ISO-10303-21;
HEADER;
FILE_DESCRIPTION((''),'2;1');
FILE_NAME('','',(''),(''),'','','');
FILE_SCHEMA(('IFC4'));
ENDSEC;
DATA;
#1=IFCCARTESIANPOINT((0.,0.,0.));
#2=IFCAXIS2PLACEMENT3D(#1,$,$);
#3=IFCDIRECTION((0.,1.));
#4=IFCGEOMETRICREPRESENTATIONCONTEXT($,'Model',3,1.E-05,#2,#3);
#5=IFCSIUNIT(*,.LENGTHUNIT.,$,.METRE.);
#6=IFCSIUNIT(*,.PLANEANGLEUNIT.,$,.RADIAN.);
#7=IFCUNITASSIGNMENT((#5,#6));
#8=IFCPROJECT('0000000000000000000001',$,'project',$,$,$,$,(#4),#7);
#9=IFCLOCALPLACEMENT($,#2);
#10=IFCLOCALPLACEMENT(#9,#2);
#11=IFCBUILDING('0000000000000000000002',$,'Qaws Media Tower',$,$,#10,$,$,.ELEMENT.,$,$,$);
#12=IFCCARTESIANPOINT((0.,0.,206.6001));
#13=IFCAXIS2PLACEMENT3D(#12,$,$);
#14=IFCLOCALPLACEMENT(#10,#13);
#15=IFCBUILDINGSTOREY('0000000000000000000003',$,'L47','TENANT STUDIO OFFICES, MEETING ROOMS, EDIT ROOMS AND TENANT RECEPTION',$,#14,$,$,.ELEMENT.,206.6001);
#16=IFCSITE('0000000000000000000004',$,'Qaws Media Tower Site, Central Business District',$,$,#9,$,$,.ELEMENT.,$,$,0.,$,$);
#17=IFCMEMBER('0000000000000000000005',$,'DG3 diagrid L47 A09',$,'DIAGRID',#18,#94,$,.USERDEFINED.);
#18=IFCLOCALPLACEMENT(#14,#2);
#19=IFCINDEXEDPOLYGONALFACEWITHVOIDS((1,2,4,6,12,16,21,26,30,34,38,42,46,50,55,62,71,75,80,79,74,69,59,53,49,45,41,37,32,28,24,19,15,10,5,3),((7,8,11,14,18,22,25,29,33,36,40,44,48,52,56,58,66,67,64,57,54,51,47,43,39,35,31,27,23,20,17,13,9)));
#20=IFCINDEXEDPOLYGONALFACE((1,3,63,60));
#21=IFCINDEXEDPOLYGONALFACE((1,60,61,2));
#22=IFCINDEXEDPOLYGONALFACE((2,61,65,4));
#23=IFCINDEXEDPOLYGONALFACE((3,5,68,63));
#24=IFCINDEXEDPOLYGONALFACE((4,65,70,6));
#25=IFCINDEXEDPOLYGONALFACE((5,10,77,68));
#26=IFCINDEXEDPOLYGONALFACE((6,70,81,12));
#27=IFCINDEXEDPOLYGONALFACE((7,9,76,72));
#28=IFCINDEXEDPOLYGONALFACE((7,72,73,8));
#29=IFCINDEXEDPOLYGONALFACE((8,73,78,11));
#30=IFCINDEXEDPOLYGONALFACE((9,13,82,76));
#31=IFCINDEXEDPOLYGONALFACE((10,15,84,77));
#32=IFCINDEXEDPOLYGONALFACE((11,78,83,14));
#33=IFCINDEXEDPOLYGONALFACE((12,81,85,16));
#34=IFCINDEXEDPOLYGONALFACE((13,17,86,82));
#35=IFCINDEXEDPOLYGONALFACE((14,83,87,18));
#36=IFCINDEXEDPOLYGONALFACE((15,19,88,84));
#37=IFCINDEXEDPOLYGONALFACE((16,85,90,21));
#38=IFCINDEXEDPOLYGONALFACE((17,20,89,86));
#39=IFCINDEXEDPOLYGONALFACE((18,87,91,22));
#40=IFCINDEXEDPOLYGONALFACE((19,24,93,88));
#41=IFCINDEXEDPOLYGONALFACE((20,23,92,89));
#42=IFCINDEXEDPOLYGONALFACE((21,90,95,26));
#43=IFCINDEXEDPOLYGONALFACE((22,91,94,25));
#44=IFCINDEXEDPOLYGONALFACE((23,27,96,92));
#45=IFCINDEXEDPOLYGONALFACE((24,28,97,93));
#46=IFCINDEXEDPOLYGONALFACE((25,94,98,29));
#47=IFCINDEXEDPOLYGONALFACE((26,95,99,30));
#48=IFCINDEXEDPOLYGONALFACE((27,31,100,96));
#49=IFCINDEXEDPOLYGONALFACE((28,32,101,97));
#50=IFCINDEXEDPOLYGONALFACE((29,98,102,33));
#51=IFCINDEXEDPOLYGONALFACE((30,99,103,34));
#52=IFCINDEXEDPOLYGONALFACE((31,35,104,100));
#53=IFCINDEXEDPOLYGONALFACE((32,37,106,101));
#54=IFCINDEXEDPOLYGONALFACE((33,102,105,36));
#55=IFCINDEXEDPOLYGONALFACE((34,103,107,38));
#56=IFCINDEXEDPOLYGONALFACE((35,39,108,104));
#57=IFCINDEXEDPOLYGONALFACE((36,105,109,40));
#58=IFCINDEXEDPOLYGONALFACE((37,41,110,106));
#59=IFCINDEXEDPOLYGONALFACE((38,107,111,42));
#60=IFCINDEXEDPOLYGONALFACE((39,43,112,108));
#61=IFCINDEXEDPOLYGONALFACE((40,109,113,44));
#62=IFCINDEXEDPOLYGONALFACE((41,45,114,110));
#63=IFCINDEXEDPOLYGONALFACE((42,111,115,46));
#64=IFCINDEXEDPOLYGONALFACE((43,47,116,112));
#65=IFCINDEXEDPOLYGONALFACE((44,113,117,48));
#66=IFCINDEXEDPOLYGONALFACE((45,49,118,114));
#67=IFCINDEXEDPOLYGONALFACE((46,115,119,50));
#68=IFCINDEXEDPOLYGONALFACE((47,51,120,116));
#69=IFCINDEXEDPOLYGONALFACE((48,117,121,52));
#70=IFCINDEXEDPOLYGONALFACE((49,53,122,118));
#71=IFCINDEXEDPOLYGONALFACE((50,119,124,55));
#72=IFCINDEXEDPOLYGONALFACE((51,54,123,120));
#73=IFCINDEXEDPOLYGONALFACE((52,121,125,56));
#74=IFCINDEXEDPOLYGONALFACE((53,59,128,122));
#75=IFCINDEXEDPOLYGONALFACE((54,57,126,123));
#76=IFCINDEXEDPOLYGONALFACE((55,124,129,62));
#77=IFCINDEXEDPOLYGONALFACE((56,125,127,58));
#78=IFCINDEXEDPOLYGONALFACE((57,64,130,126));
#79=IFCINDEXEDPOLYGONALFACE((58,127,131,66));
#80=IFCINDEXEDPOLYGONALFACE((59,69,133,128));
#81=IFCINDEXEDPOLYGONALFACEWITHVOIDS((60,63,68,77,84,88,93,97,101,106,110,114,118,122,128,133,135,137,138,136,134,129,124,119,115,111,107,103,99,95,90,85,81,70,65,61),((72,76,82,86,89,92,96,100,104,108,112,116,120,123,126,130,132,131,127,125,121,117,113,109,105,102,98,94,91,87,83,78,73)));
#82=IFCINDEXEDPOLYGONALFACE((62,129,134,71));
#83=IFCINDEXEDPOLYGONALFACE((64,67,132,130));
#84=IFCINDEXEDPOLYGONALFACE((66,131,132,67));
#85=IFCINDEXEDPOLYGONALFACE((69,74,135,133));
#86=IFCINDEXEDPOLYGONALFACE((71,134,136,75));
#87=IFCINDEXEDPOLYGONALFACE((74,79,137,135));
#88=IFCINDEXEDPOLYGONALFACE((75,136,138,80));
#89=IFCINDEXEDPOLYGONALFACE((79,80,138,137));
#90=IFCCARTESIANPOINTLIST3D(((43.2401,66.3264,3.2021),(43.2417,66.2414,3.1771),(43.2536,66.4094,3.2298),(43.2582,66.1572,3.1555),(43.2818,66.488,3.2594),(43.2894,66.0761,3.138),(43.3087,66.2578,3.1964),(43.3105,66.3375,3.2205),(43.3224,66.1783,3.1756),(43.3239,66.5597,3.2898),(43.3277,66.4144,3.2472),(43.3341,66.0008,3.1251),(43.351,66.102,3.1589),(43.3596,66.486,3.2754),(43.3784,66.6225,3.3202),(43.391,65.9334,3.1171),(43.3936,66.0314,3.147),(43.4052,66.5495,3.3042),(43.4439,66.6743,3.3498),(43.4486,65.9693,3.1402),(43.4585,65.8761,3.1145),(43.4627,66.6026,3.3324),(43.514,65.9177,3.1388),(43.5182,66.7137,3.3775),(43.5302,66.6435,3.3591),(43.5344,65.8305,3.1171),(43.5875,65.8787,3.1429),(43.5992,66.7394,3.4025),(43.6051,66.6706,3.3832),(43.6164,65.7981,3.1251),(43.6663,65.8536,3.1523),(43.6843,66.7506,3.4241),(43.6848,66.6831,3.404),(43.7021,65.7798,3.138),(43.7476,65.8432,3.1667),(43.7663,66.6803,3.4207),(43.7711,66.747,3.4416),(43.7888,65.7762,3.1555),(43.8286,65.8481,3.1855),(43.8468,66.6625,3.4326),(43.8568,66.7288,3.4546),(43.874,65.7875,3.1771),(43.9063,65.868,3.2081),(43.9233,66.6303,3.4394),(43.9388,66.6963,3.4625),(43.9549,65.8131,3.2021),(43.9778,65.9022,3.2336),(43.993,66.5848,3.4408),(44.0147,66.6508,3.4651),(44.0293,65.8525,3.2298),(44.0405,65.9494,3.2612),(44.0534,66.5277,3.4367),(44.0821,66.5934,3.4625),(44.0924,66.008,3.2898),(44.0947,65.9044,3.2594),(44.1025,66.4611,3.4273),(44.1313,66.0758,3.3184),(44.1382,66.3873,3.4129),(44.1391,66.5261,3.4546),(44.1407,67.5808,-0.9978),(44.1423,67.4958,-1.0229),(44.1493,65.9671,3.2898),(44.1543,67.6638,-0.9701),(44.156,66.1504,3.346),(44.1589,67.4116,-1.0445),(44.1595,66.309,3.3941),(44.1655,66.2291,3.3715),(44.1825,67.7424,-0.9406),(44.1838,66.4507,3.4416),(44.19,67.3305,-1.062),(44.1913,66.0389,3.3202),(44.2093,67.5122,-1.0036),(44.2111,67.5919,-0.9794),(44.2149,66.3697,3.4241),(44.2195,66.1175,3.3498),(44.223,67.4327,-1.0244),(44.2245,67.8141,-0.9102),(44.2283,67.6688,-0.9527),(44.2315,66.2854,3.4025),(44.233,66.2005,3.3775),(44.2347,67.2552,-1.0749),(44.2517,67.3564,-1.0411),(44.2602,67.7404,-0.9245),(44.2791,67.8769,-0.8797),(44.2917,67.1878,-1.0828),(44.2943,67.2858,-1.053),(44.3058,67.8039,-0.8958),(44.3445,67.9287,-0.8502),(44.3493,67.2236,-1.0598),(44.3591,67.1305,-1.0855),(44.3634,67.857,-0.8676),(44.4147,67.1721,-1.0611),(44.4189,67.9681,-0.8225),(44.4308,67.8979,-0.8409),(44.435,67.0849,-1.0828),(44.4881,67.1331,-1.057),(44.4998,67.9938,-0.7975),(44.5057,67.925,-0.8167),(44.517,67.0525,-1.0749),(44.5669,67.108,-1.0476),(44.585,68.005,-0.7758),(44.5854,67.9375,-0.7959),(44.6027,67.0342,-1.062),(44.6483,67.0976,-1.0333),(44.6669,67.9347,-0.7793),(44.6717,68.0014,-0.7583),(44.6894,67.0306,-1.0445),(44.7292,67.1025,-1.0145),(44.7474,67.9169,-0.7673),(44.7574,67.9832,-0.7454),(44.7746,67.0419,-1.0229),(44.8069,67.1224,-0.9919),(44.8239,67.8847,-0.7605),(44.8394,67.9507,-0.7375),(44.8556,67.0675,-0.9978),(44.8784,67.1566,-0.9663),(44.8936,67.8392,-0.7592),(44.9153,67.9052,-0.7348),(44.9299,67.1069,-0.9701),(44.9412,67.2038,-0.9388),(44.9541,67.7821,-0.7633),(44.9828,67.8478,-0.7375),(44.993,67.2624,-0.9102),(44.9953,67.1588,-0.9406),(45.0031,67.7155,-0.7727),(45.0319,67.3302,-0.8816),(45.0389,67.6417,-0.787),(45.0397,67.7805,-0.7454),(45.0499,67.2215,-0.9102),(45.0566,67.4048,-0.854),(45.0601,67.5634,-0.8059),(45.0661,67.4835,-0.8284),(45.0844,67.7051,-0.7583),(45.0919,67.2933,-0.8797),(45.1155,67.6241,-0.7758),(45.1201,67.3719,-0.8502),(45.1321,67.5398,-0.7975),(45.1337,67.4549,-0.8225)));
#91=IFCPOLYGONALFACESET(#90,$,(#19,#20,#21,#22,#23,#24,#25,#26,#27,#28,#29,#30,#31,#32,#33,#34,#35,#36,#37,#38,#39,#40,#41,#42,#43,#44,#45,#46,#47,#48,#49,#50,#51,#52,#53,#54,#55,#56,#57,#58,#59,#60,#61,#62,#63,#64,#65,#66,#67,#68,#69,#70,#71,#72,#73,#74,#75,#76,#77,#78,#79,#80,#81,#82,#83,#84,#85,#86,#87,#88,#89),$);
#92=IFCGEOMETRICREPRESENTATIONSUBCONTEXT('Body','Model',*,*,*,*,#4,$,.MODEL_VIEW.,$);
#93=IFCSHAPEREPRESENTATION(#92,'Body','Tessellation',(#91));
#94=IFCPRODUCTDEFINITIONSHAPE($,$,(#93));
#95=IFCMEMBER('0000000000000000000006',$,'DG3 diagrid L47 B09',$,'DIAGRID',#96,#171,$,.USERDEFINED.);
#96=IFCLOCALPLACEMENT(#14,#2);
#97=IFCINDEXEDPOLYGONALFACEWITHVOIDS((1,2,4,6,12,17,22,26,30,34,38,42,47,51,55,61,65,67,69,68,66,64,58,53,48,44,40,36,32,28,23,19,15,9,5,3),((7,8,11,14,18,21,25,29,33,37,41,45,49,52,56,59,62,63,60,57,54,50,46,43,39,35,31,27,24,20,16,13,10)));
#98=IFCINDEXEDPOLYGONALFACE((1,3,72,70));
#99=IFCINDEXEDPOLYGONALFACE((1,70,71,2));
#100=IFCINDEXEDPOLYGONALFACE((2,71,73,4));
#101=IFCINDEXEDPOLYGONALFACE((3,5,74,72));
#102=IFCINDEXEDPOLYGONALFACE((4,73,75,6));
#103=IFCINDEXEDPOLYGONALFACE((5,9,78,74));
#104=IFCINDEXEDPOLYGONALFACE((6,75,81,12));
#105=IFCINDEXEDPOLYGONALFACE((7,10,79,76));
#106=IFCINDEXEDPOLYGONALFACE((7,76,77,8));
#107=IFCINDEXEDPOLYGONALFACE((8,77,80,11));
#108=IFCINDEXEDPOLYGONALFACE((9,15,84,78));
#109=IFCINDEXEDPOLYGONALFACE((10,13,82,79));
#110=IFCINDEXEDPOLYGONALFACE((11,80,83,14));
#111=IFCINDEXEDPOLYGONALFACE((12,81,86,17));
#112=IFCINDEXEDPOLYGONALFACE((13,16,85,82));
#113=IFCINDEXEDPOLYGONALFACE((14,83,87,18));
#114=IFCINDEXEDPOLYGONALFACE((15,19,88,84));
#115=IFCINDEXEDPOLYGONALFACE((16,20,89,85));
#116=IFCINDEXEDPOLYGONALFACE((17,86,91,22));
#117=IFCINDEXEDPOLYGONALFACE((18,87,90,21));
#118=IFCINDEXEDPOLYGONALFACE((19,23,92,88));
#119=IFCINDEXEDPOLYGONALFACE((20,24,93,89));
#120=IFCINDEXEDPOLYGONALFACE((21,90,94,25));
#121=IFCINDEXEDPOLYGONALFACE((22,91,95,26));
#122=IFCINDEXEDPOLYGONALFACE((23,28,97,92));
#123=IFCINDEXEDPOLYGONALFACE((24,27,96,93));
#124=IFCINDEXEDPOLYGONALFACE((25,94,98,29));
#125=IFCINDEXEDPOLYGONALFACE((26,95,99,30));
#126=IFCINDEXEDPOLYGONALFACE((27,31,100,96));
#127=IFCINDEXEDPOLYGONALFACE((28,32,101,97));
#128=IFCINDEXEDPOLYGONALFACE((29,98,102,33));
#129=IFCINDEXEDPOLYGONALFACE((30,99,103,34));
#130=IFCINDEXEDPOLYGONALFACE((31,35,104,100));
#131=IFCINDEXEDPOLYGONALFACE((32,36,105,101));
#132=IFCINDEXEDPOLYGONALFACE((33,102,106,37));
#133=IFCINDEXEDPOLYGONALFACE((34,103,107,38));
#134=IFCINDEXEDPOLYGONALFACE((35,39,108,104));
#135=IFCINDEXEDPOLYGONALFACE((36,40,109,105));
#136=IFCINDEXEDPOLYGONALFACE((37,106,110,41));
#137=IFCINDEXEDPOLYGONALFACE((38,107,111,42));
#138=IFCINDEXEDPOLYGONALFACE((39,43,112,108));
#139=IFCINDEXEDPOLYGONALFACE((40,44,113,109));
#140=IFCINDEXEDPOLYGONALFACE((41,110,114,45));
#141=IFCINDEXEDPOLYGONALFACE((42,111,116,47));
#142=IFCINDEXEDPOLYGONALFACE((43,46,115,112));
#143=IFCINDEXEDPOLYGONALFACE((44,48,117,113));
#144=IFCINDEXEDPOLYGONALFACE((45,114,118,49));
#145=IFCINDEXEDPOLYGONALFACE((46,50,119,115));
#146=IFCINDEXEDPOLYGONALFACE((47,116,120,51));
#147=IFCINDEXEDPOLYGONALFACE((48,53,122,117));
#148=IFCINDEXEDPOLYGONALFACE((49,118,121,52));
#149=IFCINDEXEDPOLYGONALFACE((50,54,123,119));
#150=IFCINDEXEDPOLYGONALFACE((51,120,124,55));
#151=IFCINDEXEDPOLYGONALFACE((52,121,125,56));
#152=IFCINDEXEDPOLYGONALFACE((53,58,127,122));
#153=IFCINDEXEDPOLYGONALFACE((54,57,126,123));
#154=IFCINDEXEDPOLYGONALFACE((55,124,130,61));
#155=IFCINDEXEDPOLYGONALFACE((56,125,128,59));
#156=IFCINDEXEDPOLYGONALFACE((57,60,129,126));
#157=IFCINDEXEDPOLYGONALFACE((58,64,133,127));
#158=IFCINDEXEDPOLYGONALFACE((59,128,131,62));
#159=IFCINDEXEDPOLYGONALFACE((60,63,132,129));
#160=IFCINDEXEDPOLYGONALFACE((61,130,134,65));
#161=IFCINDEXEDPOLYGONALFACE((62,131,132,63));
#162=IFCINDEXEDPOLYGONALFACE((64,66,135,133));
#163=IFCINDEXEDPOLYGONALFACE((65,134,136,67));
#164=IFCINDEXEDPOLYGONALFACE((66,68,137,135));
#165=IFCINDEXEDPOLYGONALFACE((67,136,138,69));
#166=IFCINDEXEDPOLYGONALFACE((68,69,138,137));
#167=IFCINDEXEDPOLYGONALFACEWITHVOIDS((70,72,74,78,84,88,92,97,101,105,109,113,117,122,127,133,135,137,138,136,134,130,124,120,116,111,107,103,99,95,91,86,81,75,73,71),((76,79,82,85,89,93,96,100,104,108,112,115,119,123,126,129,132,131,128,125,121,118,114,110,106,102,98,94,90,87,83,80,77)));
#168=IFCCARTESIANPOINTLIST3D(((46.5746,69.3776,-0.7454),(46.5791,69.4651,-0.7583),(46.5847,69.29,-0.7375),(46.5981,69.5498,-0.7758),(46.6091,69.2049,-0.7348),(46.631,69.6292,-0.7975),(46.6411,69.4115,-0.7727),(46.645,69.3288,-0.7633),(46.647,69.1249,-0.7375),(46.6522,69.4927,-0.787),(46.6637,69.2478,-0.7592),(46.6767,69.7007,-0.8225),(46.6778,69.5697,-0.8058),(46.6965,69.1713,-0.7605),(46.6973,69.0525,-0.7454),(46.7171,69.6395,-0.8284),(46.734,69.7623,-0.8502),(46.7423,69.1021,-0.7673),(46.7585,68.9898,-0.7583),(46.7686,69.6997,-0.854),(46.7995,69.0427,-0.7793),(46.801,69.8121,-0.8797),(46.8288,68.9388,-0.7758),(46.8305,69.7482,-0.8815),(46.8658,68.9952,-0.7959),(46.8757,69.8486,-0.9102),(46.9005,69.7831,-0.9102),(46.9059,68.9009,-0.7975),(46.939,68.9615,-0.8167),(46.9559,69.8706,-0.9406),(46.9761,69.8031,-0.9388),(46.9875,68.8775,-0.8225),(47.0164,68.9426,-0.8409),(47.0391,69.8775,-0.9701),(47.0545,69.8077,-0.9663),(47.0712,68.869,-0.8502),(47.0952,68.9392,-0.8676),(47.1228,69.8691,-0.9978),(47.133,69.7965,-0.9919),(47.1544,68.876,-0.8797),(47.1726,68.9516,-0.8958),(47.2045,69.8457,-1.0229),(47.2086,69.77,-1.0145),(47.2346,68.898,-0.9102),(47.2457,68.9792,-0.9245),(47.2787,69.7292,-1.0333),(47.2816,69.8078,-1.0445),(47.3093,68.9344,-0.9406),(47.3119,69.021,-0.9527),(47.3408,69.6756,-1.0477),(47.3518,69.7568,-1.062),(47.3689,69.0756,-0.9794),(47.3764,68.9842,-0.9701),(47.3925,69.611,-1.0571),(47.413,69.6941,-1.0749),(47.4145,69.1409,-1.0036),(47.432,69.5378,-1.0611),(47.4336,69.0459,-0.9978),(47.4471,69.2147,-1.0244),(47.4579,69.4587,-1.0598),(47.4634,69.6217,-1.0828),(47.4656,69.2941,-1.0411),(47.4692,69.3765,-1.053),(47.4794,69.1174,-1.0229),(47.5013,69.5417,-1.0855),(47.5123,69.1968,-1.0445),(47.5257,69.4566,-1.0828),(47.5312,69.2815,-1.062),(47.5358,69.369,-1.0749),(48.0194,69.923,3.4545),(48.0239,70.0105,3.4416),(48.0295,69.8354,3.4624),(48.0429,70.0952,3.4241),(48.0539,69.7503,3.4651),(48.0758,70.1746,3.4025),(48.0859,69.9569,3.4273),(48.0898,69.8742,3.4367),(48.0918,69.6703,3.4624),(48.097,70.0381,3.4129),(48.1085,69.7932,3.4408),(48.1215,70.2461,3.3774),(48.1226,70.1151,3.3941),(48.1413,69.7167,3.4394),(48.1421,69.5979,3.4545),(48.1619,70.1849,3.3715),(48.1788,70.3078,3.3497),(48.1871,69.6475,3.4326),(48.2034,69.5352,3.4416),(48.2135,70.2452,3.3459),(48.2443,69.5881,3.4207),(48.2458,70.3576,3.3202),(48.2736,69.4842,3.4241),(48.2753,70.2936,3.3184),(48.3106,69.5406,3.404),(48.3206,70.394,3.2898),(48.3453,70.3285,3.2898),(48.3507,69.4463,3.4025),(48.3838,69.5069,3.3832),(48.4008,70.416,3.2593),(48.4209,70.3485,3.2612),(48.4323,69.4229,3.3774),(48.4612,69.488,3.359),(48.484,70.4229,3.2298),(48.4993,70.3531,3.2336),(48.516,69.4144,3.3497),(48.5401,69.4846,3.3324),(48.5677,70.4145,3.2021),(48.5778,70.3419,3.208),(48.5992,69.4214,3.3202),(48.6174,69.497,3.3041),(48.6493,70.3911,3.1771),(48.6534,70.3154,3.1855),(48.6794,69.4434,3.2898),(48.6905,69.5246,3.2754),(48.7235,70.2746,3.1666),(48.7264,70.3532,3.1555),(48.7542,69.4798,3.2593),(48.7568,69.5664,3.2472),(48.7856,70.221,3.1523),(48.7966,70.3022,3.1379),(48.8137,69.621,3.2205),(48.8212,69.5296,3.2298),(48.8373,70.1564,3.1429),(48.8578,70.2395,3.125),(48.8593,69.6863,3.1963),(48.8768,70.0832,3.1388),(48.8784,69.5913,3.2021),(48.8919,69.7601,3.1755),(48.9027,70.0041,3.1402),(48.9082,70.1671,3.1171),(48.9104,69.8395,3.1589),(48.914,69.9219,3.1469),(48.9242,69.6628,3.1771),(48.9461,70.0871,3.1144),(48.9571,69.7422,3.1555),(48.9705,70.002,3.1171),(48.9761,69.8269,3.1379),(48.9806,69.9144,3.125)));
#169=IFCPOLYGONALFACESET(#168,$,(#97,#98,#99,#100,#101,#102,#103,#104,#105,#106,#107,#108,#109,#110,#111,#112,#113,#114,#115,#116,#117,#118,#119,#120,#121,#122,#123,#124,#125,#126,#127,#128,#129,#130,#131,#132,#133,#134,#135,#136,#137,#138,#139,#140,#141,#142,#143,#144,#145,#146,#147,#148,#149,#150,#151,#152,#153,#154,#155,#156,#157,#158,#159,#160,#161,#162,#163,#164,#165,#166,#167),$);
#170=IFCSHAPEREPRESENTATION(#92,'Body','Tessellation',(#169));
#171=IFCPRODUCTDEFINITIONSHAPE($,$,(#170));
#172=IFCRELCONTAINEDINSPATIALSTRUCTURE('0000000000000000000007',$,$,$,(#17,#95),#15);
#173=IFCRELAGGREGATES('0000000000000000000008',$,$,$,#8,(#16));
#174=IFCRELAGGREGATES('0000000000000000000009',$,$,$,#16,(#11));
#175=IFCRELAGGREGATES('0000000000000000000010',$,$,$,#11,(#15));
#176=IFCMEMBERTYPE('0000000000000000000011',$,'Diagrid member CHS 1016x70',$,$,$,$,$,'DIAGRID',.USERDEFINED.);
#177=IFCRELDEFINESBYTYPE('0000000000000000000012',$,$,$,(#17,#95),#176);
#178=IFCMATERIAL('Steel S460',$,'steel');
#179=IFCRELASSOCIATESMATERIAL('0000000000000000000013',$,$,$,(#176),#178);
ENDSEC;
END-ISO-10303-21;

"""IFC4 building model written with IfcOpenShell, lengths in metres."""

from ifc_helpers import new_model, si_unit, direction, frame, origin, origin_2d, place, context, subcontext, project, spatial, hollow_circle, extrude, material, material_profile, profile_set, type_object, element, save


model = new_model("IFC4")

# Units and contexts
model_context = context("Model", 3, precision=1e-05, world=origin(), true_north=direction((0.0, 1.0)))
body_context = subcontext(model_context, "Body", "Model", "MODEL_VIEW")
ifc_project = project(units=[si_unit("LENGTHUNIT", "METRE"), si_unit("PLANEANGLEUNIT", "RADIAN")], contexts=[model_context])

# Site, building, storey
site_placement = place(None, origin())
site = spatial("IfcSite", under=ifc_project, at=site_placement, Name="Qaws Media Tower Site, Central Business District", CompositionType="ELEMENT", RefElevation=0.0)
building_placement = place(site_placement, origin())
building = spatial("IfcBuilding", under=site, at=building_placement, Name="Qaws Media Tower", CompositionType="ELEMENT")
storey_placement = place(building_placement, frame((0.0, 0.0, 206.6001)))
storey = spatial("IfcBuildingStorey", under=building, at=storey_placement, Name="L47", Description="TENANT STUDIO OFFICES, MEETING ROOMS, EDIT ROOMS AND TENANT RECEPTION", CompositionType="ELEMENT", Elevation=206.6001)

# Members
ifc_material_1 = material(Name="Steel S460", Category="steel")
ifc_material_profile_1 = material_profile(ifc_material_1, hollow_circle(Radius=0.5081, WallThickness=0.0701, at=origin_2d()), Name="CHS 1016x70")
ifc_profile_set_1 = profile_set([ifc_material_profile_1], Name="Steel S460")
member_type_1 = type_object("IfcMemberType", Name="Diagrid member CHS 1016x70", ElementType="DIAGRID", PredefinedType="USERDEFINED", material=ifc_profile_set_1)
for number, where, z_axis, x_axis, name in (
    (1, (44.6372, 67.5178, -0.9102), (-0.201266, -0.280321, 0.938569), (0.81231, -0.583226, 0.0), "DG3 diagrid L47 A09"),
    (2, (47.0552, 69.3733, -0.9102), (0.322874, 0.121883, 0.938561), (-0.353167, 0.93556, 0.0), "DG3 diagrid L47 B09"),
):
    element("IfcMember", number, at=place(storey_placement, frame(where, z_axis=z_axis, x_axis=x_axis)), inside=storey, type_object=member_type_1, Name=name, ObjectType="DIAGRID", PredefinedType="USERDEFINED", context=body_context, shape_type="SweptSolid", body=[
        extrude(hollow_circle(Radius=0.5081, WallThickness=0.0701, at=origin_2d()), origin(), (0.0, 0.0, 1.0), 4.4749),
    ])

save(model, "model.ifc")
